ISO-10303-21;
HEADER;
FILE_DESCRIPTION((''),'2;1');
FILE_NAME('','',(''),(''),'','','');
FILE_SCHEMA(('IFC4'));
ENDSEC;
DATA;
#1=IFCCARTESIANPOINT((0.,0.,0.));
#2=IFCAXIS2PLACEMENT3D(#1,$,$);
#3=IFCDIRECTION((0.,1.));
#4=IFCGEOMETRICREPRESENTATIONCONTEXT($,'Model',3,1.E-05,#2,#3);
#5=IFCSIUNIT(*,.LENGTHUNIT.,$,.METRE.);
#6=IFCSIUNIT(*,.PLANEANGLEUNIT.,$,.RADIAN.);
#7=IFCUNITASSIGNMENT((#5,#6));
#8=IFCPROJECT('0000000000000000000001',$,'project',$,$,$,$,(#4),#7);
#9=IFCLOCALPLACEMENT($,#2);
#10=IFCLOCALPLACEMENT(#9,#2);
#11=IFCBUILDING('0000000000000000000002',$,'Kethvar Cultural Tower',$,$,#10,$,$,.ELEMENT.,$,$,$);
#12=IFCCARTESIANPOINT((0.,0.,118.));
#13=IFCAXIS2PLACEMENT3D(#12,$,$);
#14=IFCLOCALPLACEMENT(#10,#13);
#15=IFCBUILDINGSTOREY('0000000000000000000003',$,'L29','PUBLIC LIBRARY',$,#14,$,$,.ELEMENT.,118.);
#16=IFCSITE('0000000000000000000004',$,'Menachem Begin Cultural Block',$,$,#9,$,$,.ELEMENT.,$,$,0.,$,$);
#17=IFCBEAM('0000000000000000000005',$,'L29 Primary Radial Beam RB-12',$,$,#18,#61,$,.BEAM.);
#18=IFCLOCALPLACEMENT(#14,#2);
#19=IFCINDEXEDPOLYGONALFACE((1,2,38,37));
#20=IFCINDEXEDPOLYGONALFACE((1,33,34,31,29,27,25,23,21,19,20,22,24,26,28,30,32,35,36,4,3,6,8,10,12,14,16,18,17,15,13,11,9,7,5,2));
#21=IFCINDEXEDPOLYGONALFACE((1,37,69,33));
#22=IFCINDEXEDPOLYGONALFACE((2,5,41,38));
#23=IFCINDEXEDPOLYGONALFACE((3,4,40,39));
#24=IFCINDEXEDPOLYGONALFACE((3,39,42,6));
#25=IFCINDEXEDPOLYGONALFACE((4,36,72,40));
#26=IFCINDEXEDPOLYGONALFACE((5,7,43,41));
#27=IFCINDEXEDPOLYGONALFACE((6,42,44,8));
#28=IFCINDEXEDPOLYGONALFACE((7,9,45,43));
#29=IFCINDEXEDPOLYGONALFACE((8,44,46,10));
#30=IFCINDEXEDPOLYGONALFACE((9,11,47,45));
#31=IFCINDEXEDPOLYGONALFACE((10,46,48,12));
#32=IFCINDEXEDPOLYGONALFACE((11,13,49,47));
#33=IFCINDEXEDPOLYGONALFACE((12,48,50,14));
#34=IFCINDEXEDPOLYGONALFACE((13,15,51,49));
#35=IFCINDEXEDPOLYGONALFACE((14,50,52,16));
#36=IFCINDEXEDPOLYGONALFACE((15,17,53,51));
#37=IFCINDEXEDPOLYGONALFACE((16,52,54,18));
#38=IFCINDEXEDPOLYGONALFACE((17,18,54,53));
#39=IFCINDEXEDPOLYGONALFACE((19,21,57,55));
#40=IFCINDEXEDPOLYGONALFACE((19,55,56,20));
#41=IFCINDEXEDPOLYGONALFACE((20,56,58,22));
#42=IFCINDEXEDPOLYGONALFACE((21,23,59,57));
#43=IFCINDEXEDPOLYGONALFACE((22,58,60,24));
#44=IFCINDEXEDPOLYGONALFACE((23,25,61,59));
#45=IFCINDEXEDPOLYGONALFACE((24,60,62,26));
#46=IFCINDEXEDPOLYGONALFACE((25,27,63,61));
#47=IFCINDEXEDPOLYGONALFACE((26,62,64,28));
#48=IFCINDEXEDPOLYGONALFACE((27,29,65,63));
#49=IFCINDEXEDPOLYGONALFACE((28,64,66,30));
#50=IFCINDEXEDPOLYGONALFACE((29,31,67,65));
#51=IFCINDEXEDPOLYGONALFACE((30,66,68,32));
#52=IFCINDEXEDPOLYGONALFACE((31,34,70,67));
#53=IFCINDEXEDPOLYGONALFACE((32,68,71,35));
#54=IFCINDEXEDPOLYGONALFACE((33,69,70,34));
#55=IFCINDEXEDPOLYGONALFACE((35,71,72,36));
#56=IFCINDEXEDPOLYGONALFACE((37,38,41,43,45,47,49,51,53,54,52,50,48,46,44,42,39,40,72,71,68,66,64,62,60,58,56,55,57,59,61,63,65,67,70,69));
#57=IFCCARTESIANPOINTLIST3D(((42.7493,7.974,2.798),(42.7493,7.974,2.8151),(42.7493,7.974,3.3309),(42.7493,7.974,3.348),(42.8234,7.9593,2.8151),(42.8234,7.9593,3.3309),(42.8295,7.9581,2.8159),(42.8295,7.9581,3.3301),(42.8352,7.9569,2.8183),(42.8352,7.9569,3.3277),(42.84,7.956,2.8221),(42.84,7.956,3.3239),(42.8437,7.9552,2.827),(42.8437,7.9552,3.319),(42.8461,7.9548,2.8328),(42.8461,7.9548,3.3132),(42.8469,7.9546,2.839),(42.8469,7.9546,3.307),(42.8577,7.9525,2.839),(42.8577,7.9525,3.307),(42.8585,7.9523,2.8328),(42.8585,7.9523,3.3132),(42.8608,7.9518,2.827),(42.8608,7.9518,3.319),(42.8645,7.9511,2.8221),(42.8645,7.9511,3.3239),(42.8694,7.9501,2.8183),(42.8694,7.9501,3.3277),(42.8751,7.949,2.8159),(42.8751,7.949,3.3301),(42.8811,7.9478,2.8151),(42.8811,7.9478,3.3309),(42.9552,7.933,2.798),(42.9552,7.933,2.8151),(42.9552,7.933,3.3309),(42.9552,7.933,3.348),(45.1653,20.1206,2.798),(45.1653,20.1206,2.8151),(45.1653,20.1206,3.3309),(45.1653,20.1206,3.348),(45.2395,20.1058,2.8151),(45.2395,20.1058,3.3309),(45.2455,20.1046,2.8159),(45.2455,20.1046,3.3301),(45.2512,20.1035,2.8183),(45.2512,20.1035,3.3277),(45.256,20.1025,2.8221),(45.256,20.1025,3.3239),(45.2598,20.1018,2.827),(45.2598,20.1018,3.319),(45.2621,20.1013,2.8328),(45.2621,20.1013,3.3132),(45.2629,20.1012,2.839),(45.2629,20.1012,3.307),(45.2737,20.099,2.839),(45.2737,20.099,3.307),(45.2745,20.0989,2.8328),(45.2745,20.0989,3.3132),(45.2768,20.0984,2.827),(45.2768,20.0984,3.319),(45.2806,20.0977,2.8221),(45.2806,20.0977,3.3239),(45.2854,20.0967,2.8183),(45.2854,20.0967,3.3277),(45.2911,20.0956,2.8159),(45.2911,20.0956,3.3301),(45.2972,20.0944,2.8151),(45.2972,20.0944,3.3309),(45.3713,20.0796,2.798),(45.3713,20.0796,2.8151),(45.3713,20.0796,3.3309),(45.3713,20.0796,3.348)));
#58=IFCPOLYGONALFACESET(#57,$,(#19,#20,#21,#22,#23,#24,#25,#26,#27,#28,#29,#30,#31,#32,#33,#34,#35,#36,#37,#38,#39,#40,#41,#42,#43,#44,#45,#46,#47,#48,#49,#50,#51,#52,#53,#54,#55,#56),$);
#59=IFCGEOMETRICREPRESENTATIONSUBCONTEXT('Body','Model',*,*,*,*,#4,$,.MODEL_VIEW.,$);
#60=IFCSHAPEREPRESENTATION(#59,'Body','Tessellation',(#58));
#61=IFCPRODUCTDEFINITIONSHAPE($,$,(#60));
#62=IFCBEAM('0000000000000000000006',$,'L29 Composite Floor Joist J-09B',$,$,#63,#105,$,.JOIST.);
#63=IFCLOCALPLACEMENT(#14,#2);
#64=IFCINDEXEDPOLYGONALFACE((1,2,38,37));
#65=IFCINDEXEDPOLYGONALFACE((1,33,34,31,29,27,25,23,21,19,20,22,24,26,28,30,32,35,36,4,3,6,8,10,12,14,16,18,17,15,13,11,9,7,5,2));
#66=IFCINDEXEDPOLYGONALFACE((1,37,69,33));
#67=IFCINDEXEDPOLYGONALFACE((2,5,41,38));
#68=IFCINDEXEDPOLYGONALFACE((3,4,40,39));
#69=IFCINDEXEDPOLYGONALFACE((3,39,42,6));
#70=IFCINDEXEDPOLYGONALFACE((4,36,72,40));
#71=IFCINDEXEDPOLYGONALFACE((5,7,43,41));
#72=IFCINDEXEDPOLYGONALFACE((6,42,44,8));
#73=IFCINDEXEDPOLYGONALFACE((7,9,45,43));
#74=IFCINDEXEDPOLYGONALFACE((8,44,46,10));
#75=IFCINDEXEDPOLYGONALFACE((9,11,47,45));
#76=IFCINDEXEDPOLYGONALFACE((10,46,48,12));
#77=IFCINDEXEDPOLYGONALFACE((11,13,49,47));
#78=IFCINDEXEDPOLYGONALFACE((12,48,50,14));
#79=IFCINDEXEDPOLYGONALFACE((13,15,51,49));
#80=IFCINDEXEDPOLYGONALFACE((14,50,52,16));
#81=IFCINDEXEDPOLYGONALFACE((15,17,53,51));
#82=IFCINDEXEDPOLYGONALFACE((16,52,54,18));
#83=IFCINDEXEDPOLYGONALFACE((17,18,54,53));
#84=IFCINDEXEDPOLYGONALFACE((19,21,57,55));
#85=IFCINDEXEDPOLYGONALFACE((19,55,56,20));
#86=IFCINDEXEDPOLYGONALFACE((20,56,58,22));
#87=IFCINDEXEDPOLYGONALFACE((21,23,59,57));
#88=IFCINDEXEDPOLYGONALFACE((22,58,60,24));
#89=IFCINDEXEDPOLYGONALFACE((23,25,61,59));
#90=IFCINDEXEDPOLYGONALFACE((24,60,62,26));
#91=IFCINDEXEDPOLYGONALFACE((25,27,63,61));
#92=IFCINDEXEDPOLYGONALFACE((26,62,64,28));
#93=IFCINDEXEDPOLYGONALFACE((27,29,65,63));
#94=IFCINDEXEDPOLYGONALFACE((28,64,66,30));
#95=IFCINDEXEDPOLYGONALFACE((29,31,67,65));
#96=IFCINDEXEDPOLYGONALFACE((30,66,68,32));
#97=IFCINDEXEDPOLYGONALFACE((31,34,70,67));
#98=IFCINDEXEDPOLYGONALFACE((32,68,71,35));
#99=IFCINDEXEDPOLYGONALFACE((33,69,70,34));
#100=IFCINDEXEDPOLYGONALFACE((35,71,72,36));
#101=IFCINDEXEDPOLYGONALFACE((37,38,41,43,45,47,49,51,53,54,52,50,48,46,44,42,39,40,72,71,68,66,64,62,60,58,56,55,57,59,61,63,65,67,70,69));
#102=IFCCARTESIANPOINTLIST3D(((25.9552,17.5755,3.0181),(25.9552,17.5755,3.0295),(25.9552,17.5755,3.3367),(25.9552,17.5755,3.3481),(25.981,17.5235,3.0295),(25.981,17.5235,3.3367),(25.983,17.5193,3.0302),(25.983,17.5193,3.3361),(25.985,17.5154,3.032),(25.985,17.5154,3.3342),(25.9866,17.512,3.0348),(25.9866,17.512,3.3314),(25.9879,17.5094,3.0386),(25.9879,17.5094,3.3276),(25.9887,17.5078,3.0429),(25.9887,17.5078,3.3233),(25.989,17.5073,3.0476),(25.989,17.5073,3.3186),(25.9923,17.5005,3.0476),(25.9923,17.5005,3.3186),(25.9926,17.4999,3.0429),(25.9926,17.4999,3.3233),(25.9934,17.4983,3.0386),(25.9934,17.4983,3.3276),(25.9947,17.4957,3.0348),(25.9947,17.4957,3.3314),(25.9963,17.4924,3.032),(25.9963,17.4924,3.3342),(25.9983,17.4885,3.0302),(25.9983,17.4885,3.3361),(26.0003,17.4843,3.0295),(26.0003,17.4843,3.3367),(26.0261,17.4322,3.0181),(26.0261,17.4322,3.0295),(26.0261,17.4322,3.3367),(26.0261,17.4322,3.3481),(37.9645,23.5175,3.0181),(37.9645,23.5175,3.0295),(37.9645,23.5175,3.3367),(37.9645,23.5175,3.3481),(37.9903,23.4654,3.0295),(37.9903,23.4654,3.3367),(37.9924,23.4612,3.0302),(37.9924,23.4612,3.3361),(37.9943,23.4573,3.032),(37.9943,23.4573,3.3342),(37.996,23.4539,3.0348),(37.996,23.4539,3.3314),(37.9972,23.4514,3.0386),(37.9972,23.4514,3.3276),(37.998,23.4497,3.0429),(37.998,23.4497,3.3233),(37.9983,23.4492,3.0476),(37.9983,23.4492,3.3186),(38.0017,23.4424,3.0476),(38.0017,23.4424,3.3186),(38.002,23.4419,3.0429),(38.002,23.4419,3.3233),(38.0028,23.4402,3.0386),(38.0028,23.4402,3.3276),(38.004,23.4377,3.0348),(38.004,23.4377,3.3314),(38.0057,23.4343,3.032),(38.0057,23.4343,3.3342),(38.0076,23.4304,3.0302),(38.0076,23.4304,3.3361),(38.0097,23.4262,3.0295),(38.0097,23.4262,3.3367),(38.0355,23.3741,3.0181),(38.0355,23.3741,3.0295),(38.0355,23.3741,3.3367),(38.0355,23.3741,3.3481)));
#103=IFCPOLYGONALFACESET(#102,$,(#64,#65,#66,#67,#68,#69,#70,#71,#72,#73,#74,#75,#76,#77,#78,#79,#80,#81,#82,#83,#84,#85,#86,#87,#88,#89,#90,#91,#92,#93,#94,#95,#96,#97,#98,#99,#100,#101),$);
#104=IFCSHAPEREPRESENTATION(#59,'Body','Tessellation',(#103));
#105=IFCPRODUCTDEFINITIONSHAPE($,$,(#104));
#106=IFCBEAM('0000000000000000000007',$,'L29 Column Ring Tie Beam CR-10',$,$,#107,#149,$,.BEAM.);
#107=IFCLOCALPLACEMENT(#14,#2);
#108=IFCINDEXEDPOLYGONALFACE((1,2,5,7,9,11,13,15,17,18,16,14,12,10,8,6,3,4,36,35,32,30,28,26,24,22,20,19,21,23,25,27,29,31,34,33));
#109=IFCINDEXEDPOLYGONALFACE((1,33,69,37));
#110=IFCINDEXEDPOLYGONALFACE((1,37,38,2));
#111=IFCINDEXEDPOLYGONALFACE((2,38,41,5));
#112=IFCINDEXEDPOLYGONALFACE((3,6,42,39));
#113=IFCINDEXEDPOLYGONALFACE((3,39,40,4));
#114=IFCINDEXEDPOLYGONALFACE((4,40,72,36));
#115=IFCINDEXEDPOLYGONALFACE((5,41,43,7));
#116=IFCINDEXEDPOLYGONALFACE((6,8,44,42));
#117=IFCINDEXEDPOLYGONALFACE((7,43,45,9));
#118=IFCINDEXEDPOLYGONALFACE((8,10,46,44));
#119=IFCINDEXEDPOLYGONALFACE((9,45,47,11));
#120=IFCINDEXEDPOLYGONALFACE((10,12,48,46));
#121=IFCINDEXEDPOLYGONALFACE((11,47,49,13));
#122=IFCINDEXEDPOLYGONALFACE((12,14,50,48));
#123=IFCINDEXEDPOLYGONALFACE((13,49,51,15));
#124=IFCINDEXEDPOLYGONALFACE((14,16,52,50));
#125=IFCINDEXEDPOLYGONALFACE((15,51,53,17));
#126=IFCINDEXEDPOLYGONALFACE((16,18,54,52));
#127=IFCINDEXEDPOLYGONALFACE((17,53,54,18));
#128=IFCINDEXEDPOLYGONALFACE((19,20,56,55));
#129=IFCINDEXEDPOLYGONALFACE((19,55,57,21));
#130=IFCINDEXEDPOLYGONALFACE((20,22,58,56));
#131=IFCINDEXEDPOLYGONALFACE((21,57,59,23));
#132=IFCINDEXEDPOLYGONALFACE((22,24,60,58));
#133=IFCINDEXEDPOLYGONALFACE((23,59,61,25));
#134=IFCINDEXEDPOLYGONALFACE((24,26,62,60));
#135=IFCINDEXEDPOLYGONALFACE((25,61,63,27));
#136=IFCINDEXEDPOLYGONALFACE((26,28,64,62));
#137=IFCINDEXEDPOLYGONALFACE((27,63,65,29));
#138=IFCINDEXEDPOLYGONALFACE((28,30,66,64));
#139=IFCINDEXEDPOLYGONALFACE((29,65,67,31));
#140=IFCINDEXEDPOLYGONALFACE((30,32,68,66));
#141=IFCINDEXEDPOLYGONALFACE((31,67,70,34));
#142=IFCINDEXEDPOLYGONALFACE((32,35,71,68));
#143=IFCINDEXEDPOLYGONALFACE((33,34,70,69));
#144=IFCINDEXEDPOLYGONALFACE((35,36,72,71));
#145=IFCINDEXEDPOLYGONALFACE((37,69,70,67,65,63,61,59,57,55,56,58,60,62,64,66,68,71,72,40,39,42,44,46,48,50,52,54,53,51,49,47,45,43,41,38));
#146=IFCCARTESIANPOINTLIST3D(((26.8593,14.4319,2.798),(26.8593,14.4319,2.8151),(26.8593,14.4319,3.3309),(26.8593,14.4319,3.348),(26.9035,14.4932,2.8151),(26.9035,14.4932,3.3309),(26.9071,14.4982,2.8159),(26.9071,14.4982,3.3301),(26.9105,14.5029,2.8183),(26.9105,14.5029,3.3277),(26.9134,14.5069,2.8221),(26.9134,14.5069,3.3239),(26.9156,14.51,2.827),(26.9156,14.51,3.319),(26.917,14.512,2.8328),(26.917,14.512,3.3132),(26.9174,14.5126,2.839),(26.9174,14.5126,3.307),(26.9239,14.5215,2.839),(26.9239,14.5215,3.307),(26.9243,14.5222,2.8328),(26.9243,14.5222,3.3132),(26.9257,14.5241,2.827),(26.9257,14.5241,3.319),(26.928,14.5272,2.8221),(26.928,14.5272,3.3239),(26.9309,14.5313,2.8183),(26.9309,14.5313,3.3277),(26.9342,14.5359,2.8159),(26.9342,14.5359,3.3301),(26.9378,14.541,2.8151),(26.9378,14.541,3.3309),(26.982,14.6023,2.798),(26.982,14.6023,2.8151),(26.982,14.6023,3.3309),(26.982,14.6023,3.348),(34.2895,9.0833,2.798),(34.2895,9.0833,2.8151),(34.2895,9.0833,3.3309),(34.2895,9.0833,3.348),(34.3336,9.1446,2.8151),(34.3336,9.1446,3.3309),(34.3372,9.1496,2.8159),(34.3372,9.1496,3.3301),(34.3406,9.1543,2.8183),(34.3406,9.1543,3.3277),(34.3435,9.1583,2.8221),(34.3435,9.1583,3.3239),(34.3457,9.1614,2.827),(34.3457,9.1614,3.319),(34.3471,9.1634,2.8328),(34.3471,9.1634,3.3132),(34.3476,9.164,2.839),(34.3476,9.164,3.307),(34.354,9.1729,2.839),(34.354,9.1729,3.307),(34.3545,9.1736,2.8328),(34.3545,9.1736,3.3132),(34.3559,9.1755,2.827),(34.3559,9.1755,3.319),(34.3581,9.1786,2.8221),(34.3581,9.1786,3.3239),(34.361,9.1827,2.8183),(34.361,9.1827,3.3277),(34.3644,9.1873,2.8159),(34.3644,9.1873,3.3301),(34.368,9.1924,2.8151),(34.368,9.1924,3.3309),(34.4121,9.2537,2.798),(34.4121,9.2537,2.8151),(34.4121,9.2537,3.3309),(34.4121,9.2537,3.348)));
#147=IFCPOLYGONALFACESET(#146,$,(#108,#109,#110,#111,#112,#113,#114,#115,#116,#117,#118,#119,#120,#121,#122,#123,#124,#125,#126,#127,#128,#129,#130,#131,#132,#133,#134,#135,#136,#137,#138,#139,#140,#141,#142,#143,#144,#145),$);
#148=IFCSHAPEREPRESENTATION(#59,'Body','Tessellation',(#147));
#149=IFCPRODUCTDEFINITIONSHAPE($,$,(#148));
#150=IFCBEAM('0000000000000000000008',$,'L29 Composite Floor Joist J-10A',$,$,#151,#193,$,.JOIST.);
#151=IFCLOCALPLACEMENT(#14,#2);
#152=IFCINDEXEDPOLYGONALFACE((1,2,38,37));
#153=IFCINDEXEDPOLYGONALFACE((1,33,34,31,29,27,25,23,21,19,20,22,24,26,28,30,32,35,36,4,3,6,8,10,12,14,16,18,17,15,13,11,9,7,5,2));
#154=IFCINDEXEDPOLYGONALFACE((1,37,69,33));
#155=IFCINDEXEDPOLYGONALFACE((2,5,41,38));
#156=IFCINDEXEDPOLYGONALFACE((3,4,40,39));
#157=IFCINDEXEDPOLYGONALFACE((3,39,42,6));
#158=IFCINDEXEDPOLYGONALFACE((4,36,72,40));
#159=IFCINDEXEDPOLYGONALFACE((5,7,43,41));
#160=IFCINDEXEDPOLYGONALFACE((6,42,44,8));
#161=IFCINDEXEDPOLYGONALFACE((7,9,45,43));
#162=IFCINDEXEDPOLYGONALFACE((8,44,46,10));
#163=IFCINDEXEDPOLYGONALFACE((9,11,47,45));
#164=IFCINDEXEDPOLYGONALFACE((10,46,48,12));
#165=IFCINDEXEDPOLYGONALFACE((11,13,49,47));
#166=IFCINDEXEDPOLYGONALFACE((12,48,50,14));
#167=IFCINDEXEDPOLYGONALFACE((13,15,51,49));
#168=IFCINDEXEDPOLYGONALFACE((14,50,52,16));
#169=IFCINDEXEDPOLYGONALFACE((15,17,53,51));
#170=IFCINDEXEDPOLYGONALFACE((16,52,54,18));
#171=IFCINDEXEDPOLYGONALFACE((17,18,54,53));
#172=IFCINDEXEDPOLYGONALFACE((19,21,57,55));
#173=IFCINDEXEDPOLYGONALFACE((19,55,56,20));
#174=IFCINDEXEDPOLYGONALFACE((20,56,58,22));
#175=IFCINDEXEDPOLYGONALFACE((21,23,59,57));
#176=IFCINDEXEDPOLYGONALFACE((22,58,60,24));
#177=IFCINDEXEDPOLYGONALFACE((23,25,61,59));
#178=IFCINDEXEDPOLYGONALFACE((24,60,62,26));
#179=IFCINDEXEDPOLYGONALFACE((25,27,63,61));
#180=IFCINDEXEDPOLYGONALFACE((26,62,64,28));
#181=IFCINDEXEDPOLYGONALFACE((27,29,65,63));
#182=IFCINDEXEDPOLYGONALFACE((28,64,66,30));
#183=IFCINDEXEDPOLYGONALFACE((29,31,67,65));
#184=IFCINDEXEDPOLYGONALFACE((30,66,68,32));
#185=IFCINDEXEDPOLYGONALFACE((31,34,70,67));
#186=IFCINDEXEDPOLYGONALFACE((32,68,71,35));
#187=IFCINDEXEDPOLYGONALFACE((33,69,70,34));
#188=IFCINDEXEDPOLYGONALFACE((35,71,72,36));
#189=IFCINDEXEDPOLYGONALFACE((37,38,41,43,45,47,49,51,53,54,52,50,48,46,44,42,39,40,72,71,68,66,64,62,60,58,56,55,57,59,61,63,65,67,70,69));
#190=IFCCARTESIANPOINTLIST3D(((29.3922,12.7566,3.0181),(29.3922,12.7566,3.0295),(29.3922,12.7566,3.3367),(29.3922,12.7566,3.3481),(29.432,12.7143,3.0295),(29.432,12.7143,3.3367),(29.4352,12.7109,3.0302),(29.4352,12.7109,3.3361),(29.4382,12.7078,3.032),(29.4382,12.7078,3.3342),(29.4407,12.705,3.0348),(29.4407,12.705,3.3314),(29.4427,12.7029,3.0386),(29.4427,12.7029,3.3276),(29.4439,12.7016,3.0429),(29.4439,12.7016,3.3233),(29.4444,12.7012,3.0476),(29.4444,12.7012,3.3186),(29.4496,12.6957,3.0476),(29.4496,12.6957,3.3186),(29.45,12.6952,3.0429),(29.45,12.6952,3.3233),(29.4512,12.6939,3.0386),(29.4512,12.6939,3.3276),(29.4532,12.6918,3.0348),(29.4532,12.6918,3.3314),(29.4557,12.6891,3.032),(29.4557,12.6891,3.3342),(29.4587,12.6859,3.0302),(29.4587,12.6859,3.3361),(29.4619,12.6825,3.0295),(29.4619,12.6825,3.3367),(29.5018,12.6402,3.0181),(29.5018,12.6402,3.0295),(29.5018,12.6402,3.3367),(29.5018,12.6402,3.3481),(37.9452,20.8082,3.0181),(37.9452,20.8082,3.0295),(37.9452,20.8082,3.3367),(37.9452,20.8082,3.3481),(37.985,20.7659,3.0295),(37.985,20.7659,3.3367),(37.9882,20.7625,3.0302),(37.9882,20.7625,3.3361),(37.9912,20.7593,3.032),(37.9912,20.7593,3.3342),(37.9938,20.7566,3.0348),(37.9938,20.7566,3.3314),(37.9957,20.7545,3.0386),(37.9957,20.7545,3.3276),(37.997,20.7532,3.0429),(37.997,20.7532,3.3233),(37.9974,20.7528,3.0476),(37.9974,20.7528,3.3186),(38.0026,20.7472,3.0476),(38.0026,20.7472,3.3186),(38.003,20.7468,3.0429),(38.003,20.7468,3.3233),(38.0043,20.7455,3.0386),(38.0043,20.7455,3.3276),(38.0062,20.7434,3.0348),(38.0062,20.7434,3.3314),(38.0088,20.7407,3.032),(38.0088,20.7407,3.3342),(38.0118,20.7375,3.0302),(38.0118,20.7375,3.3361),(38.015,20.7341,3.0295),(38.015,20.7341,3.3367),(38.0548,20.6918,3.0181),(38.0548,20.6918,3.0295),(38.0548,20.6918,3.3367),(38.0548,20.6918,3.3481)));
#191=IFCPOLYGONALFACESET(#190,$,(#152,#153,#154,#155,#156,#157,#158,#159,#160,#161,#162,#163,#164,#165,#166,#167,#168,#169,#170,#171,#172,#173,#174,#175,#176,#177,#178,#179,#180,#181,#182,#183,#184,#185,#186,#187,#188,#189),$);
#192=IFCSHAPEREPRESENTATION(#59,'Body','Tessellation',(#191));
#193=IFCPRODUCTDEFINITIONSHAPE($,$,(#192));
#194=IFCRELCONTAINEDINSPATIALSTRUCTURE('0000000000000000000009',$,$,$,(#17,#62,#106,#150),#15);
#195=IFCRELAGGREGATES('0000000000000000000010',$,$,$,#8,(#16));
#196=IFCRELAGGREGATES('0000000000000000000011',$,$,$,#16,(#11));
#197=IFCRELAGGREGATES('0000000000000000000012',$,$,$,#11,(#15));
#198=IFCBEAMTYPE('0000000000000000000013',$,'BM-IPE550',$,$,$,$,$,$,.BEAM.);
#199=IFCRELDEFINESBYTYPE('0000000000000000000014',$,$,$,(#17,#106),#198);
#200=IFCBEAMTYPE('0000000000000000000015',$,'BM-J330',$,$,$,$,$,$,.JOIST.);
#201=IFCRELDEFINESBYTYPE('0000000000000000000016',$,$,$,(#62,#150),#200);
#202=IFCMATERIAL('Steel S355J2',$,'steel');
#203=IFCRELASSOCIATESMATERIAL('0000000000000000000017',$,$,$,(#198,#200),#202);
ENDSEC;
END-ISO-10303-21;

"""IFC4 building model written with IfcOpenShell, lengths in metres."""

from ifc_helpers import new_model, si_unit, direction, frame, origin, origin_2d, place, context, subcontext, project, spatial, i_section, extrude, source, transform, mapped, material, material_profile, profile_set, type_object, element, save


model = new_model("IFC4")

# Units and contexts
model_context = context("Model", 3, precision=1e-05, world=origin(), true_north=direction((0.0, 1.0)))
body_context = subcontext(model_context, "Body", "Model", "MODEL_VIEW")
ifc_project = project(units=[si_unit("LENGTHUNIT", "METRE"), si_unit("PLANEANGLEUNIT", "RADIAN")], contexts=[model_context])

# Site, building, storey
site_placement = place(None, origin())
site = spatial("IfcSite", under=ifc_project, at=site_placement, Name="Menachem Begin Cultural Block", CompositionType="ELEMENT", RefElevation=0.0)
building_placement = place(site_placement, origin())
building = spatial("IfcBuilding", under=site, at=building_placement, Name="Kethvar Cultural Tower", CompositionType="ELEMENT")
storey_placement = place(building_placement, frame((0.0, 0.0, 118.0)))
storey = spatial("IfcBuildingStorey", under=building, at=storey_placement, Name="L29", Description="PUBLIC LIBRARY", CompositionType="ELEMENT", Elevation=118.0)

# Beams
ifc_material_1 = material(Name="Steel S355J2", Category="steel")
ifc_material_profile_1 = material_profile(ifc_material_1, i_section(OverallWidth=0.21, OverallDepth=0.55, WebThickness=0.011, FlangeThickness=0.0171, FilletRadius=0.0239, at=origin_2d()), Name="Steel S355J2 — IPE550")
ifc_profile_set_1 = profile_set([ifc_material_profile_1], Name="Steel S355J2 — IPE550")
beam_type_1 = type_object("IfcBeamType", Name="BM-IPE550", PredefinedType="BEAM", material=ifc_profile_set_1)
shared_shape_1 = source(origin(), body_context, "Body", "SweptSolid", [
    extrude(i_section(OverallWidth=0.21, OverallDepth=0.55, WebThickness=0.011, FlangeThickness=0.0171, FilletRadius=0.0239, at=origin_2d()), origin(), (0.0, 0.0, 1.0), 12.3845),
])
beam_1_placement = place(storey_placement, frame((45.2683, 20.1001, 3.073), z_axis=(-0.195085, -0.980786, 0.0), x_axis=(0.980786, -0.195085, 0.0)))
element("IfcBeam", 1, at=beam_1_placement, inside=storey, type_object=beam_type_1, Name="L29 Primary Radial Beam RB-12", PredefinedType="BEAM", context=body_context, shape_type="MappedRepresentation", body=[
    mapped(shared_shape_1, transform((0.0, 0.0, 0.0), scale=1.0)),
])
ifc_material_profile_2 = material_profile(ifc_material_1, i_section(OverallWidth=0.1599, OverallDepth=0.3301, WebThickness=0.0076, FlangeThickness=0.0115, FilletRadius=0.0181, at=origin_2d()), Name="Steel S355J2 — IPE330")
ifc_profile_set_2 = profile_set([ifc_material_profile_2], Name="Steel S355J2 — IPE330")
beam_type_2 = type_object("IfcBeamType", Name="BM-J330", PredefinedType="JOIST", material=ifc_profile_set_2)
shared_shape_2 = source(origin(), body_context, "Body", "SweptSolid", [
    extrude(i_section(OverallWidth=0.1599, OverallDepth=0.3301, WebThickness=0.0076, FlangeThickness=0.0115, FilletRadius=0.0181, at=origin_2d()), origin(), (0.0, 0.0, 1.0), 13.3989),
])
beam_2_placement = place(storey_placement, frame((38.0, 23.4458, 3.1831), z_axis=(-0.896292, -0.443463, 0.0), x_axis=(0.443463, -0.896292, 0.0)))
element("IfcBeam", 2, at=beam_2_placement, inside=storey, type_object=beam_type_2, Name="L29 Composite Floor Joist J-09B", PredefinedType="JOIST", context=body_context, shape_type="MappedRepresentation", body=[
    mapped(shared_shape_2, transform((0.0, 0.0, 0.0), scale=1.0)),
])
shared_shape_3 = source(origin(), body_context, "Body", "SweptSolid", [
    extrude(i_section(OverallWidth=0.21, OverallDepth=0.55, WebThickness=0.011, FlangeThickness=0.0171, FilletRadius=0.0239, at=origin_2d()), origin(), (0.0, 0.0, 1.0), 9.155),
])
beam_3_placement = place(storey_placement, frame((26.9207, 14.5171, 3.073), z_axis=(0.811591, -0.584226, 0.0), x_axis=(0.584226, 0.811591, 0.0)))
element("IfcBeam", 3, at=beam_3_placement, inside=storey, type_object=beam_type_1, Name="L29 Column Ring Tie Beam CR-10", PredefinedType="BEAM", context=body_context, shape_type="MappedRepresentation", body=[
    mapped(shared_shape_3, transform((0.0, 0.0, 0.0), scale=1.0)),
])
shared_shape_4 = source(origin(), body_context, "Body", "SweptSolid", [
    extrude(i_section(OverallWidth=0.1599, OverallDepth=0.3301, WebThickness=0.0076, FlangeThickness=0.0115, FilletRadius=0.0181, at=origin_2d()), origin(), (0.0, 0.0, 1.0), 11.7466),
])
beam_4_placement = place(storey_placement, frame((38.0, 20.75, 3.1831), z_axis=(-0.72813, -0.685439, 0.0), x_axis=(0.685439, -0.72813, 0.0)))
element("IfcBeam", 4, at=beam_4_placement, inside=storey, type_object=beam_type_2, Name="L29 Composite Floor Joist J-10A", PredefinedType="JOIST", context=body_context, shape_type="MappedRepresentation", body=[
    mapped(shared_shape_4, transform((0.0, 0.0, 0.0), scale=1.0)),
])

save(model, "model.ifc")
